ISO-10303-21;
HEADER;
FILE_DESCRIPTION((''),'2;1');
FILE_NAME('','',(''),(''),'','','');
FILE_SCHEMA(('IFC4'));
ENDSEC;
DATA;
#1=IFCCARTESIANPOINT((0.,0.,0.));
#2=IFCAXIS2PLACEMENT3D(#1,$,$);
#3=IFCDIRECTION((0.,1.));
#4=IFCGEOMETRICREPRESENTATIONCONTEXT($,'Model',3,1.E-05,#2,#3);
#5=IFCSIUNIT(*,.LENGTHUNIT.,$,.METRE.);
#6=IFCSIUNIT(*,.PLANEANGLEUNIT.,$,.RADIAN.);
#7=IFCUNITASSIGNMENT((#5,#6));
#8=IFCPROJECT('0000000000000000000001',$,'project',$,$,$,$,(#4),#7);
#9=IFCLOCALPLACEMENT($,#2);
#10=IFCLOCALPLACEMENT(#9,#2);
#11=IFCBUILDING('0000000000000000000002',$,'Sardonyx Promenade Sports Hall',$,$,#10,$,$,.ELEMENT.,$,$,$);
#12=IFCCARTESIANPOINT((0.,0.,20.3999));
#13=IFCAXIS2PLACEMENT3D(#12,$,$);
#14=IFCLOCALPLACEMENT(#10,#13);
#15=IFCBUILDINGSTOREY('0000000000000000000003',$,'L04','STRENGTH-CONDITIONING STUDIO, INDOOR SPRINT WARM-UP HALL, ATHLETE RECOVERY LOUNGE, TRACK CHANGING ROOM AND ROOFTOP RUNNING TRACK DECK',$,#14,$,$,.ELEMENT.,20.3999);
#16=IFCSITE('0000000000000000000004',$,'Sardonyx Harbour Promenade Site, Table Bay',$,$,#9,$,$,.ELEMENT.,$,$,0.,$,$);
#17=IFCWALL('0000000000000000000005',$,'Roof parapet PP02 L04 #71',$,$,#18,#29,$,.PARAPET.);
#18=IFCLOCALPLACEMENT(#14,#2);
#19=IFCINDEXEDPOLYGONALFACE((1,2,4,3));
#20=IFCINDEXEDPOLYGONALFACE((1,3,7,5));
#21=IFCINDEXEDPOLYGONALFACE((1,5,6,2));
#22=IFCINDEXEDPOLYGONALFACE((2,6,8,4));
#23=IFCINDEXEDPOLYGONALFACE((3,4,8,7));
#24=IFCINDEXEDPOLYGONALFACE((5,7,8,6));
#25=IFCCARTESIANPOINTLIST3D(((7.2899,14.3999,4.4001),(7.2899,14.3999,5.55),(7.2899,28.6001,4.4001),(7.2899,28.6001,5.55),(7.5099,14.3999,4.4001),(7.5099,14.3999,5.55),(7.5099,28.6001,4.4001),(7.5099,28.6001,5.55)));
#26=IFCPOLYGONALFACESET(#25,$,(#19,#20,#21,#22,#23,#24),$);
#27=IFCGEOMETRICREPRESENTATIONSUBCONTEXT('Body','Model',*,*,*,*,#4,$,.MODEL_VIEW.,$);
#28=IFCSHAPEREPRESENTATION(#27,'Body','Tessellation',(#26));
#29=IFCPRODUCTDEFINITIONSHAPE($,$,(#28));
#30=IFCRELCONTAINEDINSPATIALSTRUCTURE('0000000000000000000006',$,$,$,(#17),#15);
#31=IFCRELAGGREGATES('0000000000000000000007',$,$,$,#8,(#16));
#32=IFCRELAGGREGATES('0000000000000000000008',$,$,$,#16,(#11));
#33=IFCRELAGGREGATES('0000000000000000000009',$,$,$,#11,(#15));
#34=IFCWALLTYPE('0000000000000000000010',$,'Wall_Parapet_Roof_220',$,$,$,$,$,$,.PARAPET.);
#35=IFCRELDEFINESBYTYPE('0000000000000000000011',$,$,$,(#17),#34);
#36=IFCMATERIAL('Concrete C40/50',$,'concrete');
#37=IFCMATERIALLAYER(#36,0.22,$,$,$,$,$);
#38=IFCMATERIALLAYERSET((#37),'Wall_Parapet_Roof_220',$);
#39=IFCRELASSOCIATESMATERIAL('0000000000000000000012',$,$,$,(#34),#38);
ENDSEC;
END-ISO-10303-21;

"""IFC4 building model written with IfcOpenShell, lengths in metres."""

from ifc_helpers import new_model, si_unit, direction, frame, frame_2d, origin, place, context, subcontext, project, spatial, rectangle, extrude, material, layer, layer_set, type_object, element, save


model = new_model("IFC4")

# Units and contexts
model_context = context("Model", 3, precision=1e-05, world=origin(), true_north=direction((0.0, 1.0)))
body_context = subcontext(model_context, "Body", "Model", "MODEL_VIEW")
ifc_project = project(units=[si_unit("LENGTHUNIT", "METRE"), si_unit("PLANEANGLEUNIT", "RADIAN")], contexts=[model_context])

# Site, building, storey
site_placement = place(None, origin())
site = spatial("IfcSite", under=ifc_project, at=site_placement, Name="Sardonyx Harbour Promenade Site, Table Bay", CompositionType="ELEMENT", RefElevation=0.0)
building_placement = place(site_placement, origin())
building = spatial("IfcBuilding", under=site, at=building_placement, Name="Sardonyx Promenade Sports Hall", CompositionType="ELEMENT")
storey_placement = place(building_placement, frame((0.0, 0.0, 20.3999)))
storey = spatial("IfcBuildingStorey", under=building, at=storey_placement, Name="L04", Description="STRENGTH-CONDITIONING STUDIO, INDOOR SPRINT WARM-UP HALL, ATHLETE RECOVERY LOUNGE, TRACK CHANGING ROOM AND ROOFTOP RUNNING TRACK DECK", CompositionType="ELEMENT", Elevation=20.3999)

# Wall
ifc_material_1 = material(Name="Concrete C40/50", Category="concrete")
ifc_layer_1 = layer(ifc_material_1, 0.22)
ifc_layer_set_1 = layer_set([ifc_layer_1], Name="Wall_Parapet_Roof_220")
wall_type = type_object("IfcWallType", Name="Wall_Parapet_Roof_220", PredefinedType="PARAPET", material=ifc_layer_set_1)
wall_1_placement = place(storey_placement, frame((7.3999, 28.6001, 4.4001), z_axis=(0.0, 0.0, 1.0), x_axis=(0.0, -1.0, 0.0)))
element("IfcWall", 1, at=wall_1_placement, inside=storey, type_object=wall_type, Name="Roof parapet PP02 L04 #71", PredefinedType="PARAPET", context=body_context, shape_type="SweptSolid", body=[
    extrude(rectangle(XDim=14.2002, YDim=0.22, at=frame_2d((7.1001, 0.0))), origin(), (0.0, 0.0, 1.0), 1.1499),
])

save(model, "model.ifc")
